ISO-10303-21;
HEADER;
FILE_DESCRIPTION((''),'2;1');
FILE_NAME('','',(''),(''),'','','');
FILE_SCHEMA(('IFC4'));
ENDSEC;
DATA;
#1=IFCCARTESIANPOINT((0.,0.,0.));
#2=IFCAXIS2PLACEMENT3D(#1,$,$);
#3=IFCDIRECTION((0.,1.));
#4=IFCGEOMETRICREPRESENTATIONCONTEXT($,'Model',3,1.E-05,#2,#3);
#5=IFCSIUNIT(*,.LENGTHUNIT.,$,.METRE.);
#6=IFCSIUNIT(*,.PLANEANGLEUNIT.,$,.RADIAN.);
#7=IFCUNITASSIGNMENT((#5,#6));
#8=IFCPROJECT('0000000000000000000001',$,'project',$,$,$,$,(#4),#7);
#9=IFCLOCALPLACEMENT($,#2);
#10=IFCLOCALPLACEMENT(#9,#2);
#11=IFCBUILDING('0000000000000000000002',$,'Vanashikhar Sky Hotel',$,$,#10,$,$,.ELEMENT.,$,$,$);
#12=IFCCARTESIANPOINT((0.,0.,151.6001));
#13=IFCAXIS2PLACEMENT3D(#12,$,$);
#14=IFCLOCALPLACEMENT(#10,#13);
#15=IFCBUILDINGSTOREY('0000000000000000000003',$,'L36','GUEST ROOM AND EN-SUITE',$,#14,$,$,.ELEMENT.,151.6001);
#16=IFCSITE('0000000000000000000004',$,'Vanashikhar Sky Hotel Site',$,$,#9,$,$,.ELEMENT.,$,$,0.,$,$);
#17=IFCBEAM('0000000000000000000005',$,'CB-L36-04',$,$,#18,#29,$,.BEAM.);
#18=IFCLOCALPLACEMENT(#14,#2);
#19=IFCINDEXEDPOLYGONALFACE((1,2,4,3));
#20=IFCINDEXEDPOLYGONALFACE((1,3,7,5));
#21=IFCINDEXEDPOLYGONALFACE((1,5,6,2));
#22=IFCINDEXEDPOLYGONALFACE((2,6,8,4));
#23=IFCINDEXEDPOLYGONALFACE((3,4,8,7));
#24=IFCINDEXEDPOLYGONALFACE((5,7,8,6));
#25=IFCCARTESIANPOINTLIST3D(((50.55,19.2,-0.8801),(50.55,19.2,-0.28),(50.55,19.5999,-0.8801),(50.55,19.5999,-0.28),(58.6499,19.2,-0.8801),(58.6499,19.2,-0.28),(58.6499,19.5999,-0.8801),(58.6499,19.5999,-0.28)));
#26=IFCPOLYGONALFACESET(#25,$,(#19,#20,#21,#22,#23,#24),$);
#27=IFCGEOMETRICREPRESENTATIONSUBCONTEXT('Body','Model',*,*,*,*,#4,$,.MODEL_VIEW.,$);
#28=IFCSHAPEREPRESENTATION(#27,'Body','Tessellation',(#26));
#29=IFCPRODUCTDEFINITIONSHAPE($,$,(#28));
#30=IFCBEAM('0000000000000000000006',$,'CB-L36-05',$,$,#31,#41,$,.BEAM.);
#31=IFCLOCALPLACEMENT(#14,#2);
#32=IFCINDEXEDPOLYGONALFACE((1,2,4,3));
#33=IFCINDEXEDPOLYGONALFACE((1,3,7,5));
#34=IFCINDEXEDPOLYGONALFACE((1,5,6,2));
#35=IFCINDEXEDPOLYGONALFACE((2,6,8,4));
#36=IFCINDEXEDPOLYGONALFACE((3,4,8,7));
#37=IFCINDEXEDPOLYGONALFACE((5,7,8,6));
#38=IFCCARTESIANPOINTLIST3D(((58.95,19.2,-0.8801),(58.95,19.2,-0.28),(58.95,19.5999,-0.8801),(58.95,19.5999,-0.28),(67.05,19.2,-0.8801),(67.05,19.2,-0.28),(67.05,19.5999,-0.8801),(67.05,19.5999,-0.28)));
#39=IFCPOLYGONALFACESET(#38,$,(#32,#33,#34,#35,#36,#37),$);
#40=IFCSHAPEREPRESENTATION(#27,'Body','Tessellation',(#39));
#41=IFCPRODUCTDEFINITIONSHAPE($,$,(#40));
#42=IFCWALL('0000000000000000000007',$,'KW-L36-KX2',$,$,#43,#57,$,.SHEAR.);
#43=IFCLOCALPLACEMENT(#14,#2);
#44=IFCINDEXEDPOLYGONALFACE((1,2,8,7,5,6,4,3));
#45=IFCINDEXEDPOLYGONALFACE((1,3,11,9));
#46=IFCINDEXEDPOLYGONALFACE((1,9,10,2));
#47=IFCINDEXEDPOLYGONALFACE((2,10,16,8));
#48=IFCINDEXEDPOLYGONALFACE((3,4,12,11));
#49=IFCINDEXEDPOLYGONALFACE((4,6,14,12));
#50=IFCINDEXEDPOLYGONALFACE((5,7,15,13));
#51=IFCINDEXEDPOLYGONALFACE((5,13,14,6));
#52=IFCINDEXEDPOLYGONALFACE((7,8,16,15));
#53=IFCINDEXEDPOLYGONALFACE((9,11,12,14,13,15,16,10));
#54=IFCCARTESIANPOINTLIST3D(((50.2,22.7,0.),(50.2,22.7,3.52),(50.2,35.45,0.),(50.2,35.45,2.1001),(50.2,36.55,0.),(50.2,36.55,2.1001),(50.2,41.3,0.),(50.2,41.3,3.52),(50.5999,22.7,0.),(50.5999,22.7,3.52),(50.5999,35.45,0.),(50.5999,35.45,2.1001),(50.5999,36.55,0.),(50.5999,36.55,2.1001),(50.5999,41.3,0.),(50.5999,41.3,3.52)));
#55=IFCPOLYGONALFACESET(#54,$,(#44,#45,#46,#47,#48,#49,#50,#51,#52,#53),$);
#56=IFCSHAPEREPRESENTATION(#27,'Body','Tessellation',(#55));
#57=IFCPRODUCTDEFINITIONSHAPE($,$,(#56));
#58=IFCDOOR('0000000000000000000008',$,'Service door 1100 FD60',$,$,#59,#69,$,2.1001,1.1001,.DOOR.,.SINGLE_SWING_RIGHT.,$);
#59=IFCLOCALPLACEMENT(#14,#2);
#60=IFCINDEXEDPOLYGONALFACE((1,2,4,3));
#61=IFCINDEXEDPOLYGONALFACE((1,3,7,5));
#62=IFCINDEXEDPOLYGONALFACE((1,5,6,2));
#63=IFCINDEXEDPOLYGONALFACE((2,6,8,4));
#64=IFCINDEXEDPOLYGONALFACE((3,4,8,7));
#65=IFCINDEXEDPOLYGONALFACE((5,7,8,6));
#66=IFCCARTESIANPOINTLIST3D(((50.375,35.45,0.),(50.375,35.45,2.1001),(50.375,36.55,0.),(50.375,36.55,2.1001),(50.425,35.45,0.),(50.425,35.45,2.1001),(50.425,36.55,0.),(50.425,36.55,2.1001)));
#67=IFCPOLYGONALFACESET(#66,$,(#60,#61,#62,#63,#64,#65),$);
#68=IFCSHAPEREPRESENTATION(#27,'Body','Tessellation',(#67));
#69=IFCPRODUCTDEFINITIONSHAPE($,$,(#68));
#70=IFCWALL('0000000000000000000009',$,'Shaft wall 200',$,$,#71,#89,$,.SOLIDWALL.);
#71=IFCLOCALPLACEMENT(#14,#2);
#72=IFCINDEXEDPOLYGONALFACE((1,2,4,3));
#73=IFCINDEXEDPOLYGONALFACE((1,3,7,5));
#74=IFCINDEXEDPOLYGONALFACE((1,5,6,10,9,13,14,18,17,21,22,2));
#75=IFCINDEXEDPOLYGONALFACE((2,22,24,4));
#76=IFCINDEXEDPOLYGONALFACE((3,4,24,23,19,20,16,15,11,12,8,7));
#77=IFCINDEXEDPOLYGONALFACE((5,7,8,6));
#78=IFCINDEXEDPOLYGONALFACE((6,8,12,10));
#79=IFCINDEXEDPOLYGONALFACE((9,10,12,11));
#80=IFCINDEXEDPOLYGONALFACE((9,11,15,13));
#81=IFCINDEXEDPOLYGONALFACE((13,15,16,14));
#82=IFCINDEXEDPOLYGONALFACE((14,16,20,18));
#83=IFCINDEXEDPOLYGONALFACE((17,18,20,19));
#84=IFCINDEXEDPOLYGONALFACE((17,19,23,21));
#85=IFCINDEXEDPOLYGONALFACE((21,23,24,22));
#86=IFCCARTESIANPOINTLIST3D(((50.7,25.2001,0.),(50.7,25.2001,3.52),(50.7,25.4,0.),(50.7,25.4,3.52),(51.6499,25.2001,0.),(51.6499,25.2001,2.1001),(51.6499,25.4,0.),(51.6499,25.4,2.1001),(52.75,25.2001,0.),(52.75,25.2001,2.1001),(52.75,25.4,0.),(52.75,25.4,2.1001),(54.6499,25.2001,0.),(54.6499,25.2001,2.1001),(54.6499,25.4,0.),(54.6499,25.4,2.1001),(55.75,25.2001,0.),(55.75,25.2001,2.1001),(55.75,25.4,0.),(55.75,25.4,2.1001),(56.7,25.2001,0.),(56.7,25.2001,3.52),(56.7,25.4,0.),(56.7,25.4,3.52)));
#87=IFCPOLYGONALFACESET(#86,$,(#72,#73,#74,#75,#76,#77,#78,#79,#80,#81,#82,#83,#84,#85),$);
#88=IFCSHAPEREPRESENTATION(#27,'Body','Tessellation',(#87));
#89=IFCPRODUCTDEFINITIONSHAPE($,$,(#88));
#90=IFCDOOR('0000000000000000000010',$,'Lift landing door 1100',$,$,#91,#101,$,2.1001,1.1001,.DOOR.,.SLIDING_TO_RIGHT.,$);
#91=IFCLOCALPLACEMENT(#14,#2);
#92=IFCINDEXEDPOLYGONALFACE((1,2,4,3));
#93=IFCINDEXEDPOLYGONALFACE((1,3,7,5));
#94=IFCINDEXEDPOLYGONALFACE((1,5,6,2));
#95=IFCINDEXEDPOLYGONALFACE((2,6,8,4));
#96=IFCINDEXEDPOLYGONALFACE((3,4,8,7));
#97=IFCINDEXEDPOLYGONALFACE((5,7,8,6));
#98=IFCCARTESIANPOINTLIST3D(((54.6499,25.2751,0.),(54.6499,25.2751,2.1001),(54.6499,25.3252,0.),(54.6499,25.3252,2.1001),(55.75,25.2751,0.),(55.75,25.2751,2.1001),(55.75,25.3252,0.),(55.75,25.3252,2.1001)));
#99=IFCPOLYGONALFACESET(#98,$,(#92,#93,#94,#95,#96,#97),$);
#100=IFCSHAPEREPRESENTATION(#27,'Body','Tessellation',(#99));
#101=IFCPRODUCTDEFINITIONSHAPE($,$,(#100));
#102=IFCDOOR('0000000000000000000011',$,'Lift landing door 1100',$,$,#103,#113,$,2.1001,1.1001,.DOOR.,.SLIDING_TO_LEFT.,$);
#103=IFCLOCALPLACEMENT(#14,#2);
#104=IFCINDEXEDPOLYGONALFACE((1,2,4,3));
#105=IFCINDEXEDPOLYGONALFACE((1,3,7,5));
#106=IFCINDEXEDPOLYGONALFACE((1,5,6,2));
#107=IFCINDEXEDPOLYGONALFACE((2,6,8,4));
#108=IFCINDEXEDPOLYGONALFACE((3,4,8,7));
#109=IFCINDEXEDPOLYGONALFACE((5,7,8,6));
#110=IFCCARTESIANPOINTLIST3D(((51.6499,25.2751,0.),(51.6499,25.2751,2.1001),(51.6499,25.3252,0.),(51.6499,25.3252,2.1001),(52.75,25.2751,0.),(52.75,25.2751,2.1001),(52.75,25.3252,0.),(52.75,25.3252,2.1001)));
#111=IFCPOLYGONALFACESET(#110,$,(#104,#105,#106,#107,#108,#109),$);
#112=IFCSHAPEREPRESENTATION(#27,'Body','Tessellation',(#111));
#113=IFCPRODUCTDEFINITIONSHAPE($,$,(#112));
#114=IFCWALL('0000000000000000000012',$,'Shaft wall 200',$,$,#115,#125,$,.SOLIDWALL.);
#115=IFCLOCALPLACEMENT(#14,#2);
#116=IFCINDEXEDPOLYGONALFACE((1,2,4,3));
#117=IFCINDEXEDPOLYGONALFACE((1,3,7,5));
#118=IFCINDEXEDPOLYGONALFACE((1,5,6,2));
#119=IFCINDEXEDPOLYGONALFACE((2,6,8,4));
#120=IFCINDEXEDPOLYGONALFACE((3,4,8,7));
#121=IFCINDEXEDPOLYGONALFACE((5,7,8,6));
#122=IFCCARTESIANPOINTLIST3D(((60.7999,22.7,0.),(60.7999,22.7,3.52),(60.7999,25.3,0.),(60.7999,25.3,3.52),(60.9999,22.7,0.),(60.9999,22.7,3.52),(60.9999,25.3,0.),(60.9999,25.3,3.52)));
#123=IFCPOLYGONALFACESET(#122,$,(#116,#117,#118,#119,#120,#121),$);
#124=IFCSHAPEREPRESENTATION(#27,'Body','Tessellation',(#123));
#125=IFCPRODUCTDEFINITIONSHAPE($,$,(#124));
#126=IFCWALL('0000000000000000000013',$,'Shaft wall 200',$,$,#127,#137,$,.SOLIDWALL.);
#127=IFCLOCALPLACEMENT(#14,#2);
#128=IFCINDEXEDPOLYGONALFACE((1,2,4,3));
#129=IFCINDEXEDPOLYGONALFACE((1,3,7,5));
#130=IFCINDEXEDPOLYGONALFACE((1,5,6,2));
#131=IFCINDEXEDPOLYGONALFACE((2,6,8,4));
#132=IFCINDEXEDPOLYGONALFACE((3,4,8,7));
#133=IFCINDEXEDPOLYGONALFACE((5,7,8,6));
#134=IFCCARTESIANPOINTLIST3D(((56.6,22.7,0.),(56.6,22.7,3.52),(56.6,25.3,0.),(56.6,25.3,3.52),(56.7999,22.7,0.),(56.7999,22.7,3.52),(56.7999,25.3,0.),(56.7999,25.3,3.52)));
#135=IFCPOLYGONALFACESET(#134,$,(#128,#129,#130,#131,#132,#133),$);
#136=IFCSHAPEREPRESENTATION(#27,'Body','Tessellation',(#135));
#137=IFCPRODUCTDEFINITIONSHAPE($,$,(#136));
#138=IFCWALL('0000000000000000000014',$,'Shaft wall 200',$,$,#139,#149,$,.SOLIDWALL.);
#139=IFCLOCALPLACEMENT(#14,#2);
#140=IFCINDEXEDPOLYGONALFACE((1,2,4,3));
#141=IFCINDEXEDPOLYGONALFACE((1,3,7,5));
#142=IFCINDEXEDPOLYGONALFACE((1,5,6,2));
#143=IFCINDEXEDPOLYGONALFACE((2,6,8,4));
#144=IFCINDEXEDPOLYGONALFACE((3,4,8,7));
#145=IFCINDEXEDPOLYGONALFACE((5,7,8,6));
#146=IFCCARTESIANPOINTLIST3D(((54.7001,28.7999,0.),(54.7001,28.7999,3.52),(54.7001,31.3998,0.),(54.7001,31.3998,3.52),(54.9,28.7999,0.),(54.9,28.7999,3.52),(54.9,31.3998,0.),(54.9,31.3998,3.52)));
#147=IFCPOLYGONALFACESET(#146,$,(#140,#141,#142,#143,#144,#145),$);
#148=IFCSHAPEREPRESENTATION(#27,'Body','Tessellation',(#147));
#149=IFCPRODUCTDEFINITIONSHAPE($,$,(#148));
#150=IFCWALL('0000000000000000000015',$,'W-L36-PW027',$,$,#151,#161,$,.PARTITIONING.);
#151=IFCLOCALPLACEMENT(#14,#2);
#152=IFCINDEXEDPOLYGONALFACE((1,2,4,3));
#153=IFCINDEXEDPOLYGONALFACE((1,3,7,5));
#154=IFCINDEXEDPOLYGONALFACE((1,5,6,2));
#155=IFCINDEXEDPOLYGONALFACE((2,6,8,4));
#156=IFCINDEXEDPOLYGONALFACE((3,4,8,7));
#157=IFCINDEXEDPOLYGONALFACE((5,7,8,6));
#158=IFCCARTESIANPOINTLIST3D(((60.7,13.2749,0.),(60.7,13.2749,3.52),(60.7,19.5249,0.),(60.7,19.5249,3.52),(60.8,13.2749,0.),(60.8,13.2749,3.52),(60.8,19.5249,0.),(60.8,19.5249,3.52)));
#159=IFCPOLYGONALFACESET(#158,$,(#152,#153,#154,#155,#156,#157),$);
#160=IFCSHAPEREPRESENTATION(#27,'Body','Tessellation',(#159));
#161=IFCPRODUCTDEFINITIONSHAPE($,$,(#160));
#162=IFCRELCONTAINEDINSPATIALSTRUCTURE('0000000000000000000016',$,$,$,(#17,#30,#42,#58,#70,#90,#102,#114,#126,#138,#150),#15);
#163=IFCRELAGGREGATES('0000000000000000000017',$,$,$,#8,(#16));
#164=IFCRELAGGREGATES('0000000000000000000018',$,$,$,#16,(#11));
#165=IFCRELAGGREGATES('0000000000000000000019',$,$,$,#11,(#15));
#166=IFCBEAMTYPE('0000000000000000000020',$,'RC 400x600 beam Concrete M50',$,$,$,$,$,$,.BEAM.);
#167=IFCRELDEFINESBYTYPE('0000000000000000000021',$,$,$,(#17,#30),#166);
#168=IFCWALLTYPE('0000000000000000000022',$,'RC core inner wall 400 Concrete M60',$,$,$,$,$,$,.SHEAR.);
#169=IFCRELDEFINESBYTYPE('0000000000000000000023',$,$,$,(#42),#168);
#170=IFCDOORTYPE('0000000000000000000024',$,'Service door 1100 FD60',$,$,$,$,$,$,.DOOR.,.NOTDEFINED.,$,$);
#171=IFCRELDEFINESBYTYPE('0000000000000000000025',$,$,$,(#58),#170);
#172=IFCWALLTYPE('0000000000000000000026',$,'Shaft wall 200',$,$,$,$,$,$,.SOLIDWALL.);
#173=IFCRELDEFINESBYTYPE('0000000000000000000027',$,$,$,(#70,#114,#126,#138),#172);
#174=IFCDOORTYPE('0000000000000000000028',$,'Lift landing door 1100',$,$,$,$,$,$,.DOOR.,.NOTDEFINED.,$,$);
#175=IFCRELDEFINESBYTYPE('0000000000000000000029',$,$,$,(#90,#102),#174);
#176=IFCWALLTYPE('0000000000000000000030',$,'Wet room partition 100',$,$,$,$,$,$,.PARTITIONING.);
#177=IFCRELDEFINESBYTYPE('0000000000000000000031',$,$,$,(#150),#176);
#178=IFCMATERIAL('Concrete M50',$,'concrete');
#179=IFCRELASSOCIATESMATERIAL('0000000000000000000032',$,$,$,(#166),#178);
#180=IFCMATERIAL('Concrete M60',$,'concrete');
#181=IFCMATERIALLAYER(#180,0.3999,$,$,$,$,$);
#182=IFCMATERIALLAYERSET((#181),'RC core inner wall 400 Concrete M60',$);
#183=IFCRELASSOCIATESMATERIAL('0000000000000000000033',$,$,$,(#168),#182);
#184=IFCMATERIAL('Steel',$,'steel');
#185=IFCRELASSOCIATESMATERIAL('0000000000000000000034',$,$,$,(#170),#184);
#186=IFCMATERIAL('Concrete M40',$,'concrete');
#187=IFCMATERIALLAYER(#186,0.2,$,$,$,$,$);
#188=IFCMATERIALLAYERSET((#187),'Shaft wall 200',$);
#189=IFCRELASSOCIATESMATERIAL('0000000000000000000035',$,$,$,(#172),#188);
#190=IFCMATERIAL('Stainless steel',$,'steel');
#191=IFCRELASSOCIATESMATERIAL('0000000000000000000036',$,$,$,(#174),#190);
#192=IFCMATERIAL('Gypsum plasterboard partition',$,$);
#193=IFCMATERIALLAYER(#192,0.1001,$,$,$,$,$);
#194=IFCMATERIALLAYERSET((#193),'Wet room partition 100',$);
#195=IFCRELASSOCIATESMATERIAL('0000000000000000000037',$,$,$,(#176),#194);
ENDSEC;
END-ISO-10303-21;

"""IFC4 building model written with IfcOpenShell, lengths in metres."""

from ifc_helpers import new_model, si_unit, direction, frame, frame_2d, origin, origin_2d, place, context, subcontext, project, spatial, rectangle, extrude, source, transform, mapped, material, layer, layer_set, material_profile, profile_set, type_object, element, fill, save


model = new_model("IFC4")

# Units and contexts
model_context = context("Model", 3, precision=1e-05, world=origin(), true_north=direction((0.0, 1.0)))
body_context = subcontext(model_context, "Body", "Model", "MODEL_VIEW")
ifc_project = project(units=[si_unit("LENGTHUNIT", "METRE"), si_unit("PLANEANGLEUNIT", "RADIAN")], contexts=[model_context])

# Site, building, storey
site_placement = place(None, origin())
site = spatial("IfcSite", under=ifc_project, at=site_placement, Name="Vanashikhar Sky Hotel Site", CompositionType="ELEMENT", RefElevation=0.0)
building_placement = place(site_placement, origin())
building = spatial("IfcBuilding", under=site, at=building_placement, Name="Vanashikhar Sky Hotel", CompositionType="ELEMENT")
storey_placement = place(building_placement, frame((0.0, 0.0, 151.6001)))
storey = spatial("IfcBuildingStorey", under=building, at=storey_placement, Name="L36", Description="GUEST ROOM AND EN-SUITE", CompositionType="ELEMENT", Elevation=151.6001)

# Beams
ifc_material_1 = material(Name="Concrete M50", Category="concrete")
ifc_material_profile = material_profile(ifc_material_1, rectangle(XDim=0.3999, YDim=0.6001, at=origin_2d()))
ifc_profile_set = profile_set([ifc_material_profile], Name="RC 400x600 beam Concrete M50")
beam_type = type_object("IfcBeamType", Name="RC 400x600 beam Concrete M50", PredefinedType="BEAM", material=ifc_profile_set)
shared_shape_1 = source(origin(), body_context, "Body", "SweptSolid", [
    extrude(rectangle(XDim=0.3999, YDim=0.6001, at=origin_2d()), origin(), (0.0, 0.0, 1.0), 8.0999),
])
beam_1_placement = place(storey_placement, frame((50.55, 19.3999, -0.5801), z_axis=(1.0, 0.0, 0.0), x_axis=(0.0, 1.0, 0.0)))
element("IfcBeam", 1, at=beam_1_placement, inside=storey, type_object=beam_type, Name="CB-L36-04", PredefinedType="BEAM", context=body_context, shape_type="MappedRepresentation", body=[
    mapped(shared_shape_1, transform((0.0, 0.0, 0.0), scale=1.0)),
])
shared_shape_2 = source(origin(), body_context, "Body", "SweptSolid", [
    extrude(rectangle(XDim=0.3999, YDim=0.6001, at=origin_2d()), origin(), (0.0, 0.0, 1.0), 8.1001),
])
beam_2_placement = place(storey_placement, frame((58.95, 19.3999, -0.5801), z_axis=(1.0, 0.0, 0.0), x_axis=(0.0, 1.0, 0.0)))
element("IfcBeam", 2, at=beam_2_placement, inside=storey, type_object=beam_type, Name="CB-L36-05", PredefinedType="BEAM", context=body_context, shape_type="MappedRepresentation", body=[
    mapped(shared_shape_2, transform((0.0, 0.0, 0.0), scale=1.0)),
])

# Wall, opening, door
ifc_material_2 = material(Name="Concrete M60", Category="concrete")
ifc_layer_1 = layer(ifc_material_2, 0.3999)
ifc_layer_set_1 = layer_set([ifc_layer_1], Name="RC core inner wall 400 Concrete M60")
wall_type_1 = type_object("IfcWallType", Name="RC core inner wall 400 Concrete M60", PredefinedType="SHEAR", material=ifc_layer_set_1)
shared_shape_3 = source(origin(), body_context, "Body", "SweptSolid", [
    extrude(rectangle(XDim=18.6001, YDim=0.3999, at=frame_2d((9.3, 0.0))), origin(), (0.0, 0.0, 1.0), 3.52),
])
wall_1_placement = place(storey_placement, frame((50.3999, 22.7, 0.0), z_axis=(0.0, 0.0, 1.0), x_axis=(0.0, 1.0, 0.0)))
wall_1 = element("IfcWall", 3, at=wall_1_placement, inside=storey, type_object=wall_type_1, Name="KW-L36-KX2", PredefinedType="SHEAR", context=body_context, shape_type="MappedRepresentation", body=[
    mapped(shared_shape_3, transform((0.0, 0.0, 0.0), scale=1.0)),
])
shared_shape_4 = source(origin(), body_context, "Body", "SweptSolid", [
    extrude(rectangle(XDim=1.1001, YDim=2.1001, at=frame_2d((0.55, 1.05))), frame((0.0, 0.21, 0.0), z_axis=(0.0, -1.0, 0.0), x_axis=(1.0, 0.0, 0.0)), (0.0, 0.0, 1.0), 0.4199),
])
opening_1_placement = place(wall_1_placement, frame((12.75, 0.0, 0.0)))
opening_1 = element("IfcOpeningElement", 4, at=opening_1_placement, cuts=wall_1, PredefinedType="OPENING", context=body_context, shape_type="MappedRepresentation", body=[
    mapped(shared_shape_4, transform((0.0, 0.0, 0.0), scale=1.0)),
])
ifc_material_3 = material(Name="Steel", Category="steel")
door_type_1 = type_object("IfcDoorType", Name="Service door 1100 FD60", OperationType="NOTDEFINED", PredefinedType="DOOR", material=ifc_material_3)
shared_shape_5 = source(origin(), body_context, "Body", "SweptSolid", [
    extrude(rectangle(XDim=1.1001, YDim=2.1001, at=frame_2d((0.55, 1.05))), frame((0.0, 0.0249, 0.0), z_axis=(0.0, -1.0, 0.0), x_axis=(1.0, 0.0, 0.0)), (0.0, 0.0, 1.0), 0.05),
])
door_1_placement = place(opening_1_placement, origin())
door_1 = element("IfcDoor", 5, at=door_1_placement, inside=storey, type_object=door_type_1, Name="Service door 1100 FD60", OperationType="SINGLE_SWING_RIGHT", OverallHeight=2.1001, OverallWidth=1.1001, PredefinedType="DOOR", context=body_context, shape_type="MappedRepresentation", body=[
    mapped(shared_shape_5, transform((0.0, 0.0, 0.0), scale=1.0)),
])
fill(opening_1, door_1)

# Wall, openings, doors
ifc_material_4 = material(Name="Concrete M40", Category="concrete")
ifc_layer_2 = layer(ifc_material_4, 0.2)
ifc_layer_set_2 = layer_set([ifc_layer_2], Name="Shaft wall 200")
wall_type_2 = type_object("IfcWallType", Name="Shaft wall 200", PredefinedType="SOLIDWALL", material=ifc_layer_set_2)
shared_shape_6 = source(origin(), body_context, "Body", "SweptSolid", [
    extrude(rectangle(XDim=6.0, YDim=0.2, at=frame_2d((3.0, 0.0))), origin(), (0.0, 0.0, 1.0), 3.52),
])
wall_2_placement = place(storey_placement, frame((56.7, 25.3, 0.0), z_axis=(0.0, 0.0, 1.0), x_axis=(-1.0, 0.0, 0.0)))
wall_2 = element("IfcWall", 6, at=wall_2_placement, inside=storey, type_object=wall_type_2, Name="Shaft wall 200", PredefinedType="SOLIDWALL", context=body_context, shape_type="MappedRepresentation", body=[
    mapped(shared_shape_6, transform((0.0, 0.0, 0.0), scale=1.0)),
])
shared_shape_7 = source(origin(), body_context, "Body", "SweptSolid", [
    extrude(rectangle(XDim=1.1001, YDim=2.1001, at=frame_2d((0.55, 1.05))), frame((0.0, 0.1099, 0.0), z_axis=(0.0, -1.0, 0.0), x_axis=(1.0, 0.0, 0.0)), (0.0, 0.0, 1.0), 0.22),
])
opening_2_placement = place(wall_2_placement, frame((0.95, 0.0, 0.0)))
opening_2 = element("IfcOpeningElement", 7, at=opening_2_placement, cuts=wall_2, PredefinedType="OPENING", context=body_context, shape_type="MappedRepresentation", body=[
    mapped(shared_shape_7, transform((0.0, 0.0, 0.0), scale=1.0)),
])
opening_3_placement = place(wall_2_placement, frame((3.95, 0.0, 0.0)))
opening_3 = element("IfcOpeningElement", 8, at=opening_3_placement, cuts=wall_2, PredefinedType="OPENING", context=body_context, shape_type="MappedRepresentation", body=[
    mapped(shared_shape_7, transform((0.0, 0.0, 0.0), scale=1.0)),
])
ifc_material_5 = material(Name="Stainless steel", Category="steel")
door_type_2 = type_object("IfcDoorType", Name="Lift landing door 1100", OperationType="NOTDEFINED", PredefinedType="DOOR", material=ifc_material_5)
door_2_placement = place(opening_2_placement, origin())
door_2 = element("IfcDoor", 9, at=door_2_placement, inside=storey, type_object=door_type_2, Name="Lift landing door 1100", OperationType="SLIDING_TO_RIGHT", OverallHeight=2.1001, OverallWidth=1.1001, PredefinedType="DOOR", context=body_context, shape_type="MappedRepresentation", body=[
    mapped(shared_shape_5, transform((0.0, 0.0, 0.0), scale=1.0)),
])
fill(opening_2, door_2)
door_3_placement = place(opening_3_placement, origin())
door_3 = element("IfcDoor", 10, at=door_3_placement, inside=storey, type_object=door_type_2, Name="Lift landing door 1100", OperationType="SLIDING_TO_LEFT", OverallHeight=2.1001, OverallWidth=1.1001, PredefinedType="DOOR", context=body_context, shape_type="MappedRepresentation", body=[
    mapped(shared_shape_5, transform((0.0, 0.0, 0.0), scale=1.0)),
])
fill(opening_3, door_3)

# Walls
shared_shape_8 = source(origin(), body_context, "Body", "SweptSolid", [
    extrude(rectangle(XDim=2.6001, YDim=0.2, at=frame_2d((1.3, 0.0))), origin(), (0.0, 0.0, 1.0), 3.52),
])
for number, where, z_axis, x_axis, name in (
    (11, (60.8999, 22.7, 0.0), (0.0, 0.0, 1.0), (0.0, 1.0, 0.0), "Shaft wall 200"),
    (12, (56.7, 22.7, 0.0), (0.0, 0.0, 1.0), (0.0, 1.0, 0.0), "Shaft wall 200"),
):
    element("IfcWall", number, at=place(storey_placement, frame(where, z_axis=z_axis, x_axis=x_axis)), inside=storey, type_object=wall_type_2, Name=name, PredefinedType="SOLIDWALL", context=body_context, shape_type="MappedRepresentation", body=[
        mapped(shared_shape_8, transform((0.0, 0.0, 0.0), scale=1.0)),
    ])
shared_shape_9 = source(origin(), body_context, "Body", "SweptSolid", [
    extrude(rectangle(XDim=2.5999, YDim=0.2, at=frame_2d((1.2998, 0.0))), origin(), (0.0, 0.0, 1.0), 3.52),
])
wall_3_placement = place(storey_placement, frame((54.8, 28.8, 0.0), z_axis=(0.0, 0.0, 1.0), x_axis=(0.0, 1.0, 0.0)))
element("IfcWall", 13, at=wall_3_placement, inside=storey, type_object=wall_type_2, Name="Shaft wall 200", PredefinedType="SOLIDWALL", context=body_context, shape_type="MappedRepresentation", body=[
    mapped(shared_shape_9, transform((0.0, 0.0, 0.0), scale=1.0)),
])
ifc_material_6 = material(Name="Gypsum plasterboard partition")
ifc_layer_3 = layer(ifc_material_6, 0.1001)
ifc_layer_set_3 = layer_set([ifc_layer_3], Name="Wet room partition 100")
wall_type_3 = type_object("IfcWallType", Name="Wet room partition 100", PredefinedType="PARTITIONING", material=ifc_layer_set_3)
shared_shape_10 = source(origin(), body_context, "Body", "SweptSolid", [
    extrude(rectangle(XDim=6.25, YDim=0.1001, at=frame_2d((3.125, 0.0))), origin(), (0.0, 0.0, 1.0), 3.52),
])
wall_4_placement = place(storey_placement, frame((60.75, 13.2749, 0.0), z_axis=(0.0, 0.0, 1.0), x_axis=(0.0, 1.0, 0.0)))
element("IfcWall", 14, at=wall_4_placement, inside=storey, type_object=wall_type_3, Name="W-L36-PW027", PredefinedType="PARTITIONING", context=body_context, shape_type="MappedRepresentation", body=[
    mapped(shared_shape_10, transform((0.0, 0.0, 0.0), scale=1.0)),
])

save(model, "model.ifc")
